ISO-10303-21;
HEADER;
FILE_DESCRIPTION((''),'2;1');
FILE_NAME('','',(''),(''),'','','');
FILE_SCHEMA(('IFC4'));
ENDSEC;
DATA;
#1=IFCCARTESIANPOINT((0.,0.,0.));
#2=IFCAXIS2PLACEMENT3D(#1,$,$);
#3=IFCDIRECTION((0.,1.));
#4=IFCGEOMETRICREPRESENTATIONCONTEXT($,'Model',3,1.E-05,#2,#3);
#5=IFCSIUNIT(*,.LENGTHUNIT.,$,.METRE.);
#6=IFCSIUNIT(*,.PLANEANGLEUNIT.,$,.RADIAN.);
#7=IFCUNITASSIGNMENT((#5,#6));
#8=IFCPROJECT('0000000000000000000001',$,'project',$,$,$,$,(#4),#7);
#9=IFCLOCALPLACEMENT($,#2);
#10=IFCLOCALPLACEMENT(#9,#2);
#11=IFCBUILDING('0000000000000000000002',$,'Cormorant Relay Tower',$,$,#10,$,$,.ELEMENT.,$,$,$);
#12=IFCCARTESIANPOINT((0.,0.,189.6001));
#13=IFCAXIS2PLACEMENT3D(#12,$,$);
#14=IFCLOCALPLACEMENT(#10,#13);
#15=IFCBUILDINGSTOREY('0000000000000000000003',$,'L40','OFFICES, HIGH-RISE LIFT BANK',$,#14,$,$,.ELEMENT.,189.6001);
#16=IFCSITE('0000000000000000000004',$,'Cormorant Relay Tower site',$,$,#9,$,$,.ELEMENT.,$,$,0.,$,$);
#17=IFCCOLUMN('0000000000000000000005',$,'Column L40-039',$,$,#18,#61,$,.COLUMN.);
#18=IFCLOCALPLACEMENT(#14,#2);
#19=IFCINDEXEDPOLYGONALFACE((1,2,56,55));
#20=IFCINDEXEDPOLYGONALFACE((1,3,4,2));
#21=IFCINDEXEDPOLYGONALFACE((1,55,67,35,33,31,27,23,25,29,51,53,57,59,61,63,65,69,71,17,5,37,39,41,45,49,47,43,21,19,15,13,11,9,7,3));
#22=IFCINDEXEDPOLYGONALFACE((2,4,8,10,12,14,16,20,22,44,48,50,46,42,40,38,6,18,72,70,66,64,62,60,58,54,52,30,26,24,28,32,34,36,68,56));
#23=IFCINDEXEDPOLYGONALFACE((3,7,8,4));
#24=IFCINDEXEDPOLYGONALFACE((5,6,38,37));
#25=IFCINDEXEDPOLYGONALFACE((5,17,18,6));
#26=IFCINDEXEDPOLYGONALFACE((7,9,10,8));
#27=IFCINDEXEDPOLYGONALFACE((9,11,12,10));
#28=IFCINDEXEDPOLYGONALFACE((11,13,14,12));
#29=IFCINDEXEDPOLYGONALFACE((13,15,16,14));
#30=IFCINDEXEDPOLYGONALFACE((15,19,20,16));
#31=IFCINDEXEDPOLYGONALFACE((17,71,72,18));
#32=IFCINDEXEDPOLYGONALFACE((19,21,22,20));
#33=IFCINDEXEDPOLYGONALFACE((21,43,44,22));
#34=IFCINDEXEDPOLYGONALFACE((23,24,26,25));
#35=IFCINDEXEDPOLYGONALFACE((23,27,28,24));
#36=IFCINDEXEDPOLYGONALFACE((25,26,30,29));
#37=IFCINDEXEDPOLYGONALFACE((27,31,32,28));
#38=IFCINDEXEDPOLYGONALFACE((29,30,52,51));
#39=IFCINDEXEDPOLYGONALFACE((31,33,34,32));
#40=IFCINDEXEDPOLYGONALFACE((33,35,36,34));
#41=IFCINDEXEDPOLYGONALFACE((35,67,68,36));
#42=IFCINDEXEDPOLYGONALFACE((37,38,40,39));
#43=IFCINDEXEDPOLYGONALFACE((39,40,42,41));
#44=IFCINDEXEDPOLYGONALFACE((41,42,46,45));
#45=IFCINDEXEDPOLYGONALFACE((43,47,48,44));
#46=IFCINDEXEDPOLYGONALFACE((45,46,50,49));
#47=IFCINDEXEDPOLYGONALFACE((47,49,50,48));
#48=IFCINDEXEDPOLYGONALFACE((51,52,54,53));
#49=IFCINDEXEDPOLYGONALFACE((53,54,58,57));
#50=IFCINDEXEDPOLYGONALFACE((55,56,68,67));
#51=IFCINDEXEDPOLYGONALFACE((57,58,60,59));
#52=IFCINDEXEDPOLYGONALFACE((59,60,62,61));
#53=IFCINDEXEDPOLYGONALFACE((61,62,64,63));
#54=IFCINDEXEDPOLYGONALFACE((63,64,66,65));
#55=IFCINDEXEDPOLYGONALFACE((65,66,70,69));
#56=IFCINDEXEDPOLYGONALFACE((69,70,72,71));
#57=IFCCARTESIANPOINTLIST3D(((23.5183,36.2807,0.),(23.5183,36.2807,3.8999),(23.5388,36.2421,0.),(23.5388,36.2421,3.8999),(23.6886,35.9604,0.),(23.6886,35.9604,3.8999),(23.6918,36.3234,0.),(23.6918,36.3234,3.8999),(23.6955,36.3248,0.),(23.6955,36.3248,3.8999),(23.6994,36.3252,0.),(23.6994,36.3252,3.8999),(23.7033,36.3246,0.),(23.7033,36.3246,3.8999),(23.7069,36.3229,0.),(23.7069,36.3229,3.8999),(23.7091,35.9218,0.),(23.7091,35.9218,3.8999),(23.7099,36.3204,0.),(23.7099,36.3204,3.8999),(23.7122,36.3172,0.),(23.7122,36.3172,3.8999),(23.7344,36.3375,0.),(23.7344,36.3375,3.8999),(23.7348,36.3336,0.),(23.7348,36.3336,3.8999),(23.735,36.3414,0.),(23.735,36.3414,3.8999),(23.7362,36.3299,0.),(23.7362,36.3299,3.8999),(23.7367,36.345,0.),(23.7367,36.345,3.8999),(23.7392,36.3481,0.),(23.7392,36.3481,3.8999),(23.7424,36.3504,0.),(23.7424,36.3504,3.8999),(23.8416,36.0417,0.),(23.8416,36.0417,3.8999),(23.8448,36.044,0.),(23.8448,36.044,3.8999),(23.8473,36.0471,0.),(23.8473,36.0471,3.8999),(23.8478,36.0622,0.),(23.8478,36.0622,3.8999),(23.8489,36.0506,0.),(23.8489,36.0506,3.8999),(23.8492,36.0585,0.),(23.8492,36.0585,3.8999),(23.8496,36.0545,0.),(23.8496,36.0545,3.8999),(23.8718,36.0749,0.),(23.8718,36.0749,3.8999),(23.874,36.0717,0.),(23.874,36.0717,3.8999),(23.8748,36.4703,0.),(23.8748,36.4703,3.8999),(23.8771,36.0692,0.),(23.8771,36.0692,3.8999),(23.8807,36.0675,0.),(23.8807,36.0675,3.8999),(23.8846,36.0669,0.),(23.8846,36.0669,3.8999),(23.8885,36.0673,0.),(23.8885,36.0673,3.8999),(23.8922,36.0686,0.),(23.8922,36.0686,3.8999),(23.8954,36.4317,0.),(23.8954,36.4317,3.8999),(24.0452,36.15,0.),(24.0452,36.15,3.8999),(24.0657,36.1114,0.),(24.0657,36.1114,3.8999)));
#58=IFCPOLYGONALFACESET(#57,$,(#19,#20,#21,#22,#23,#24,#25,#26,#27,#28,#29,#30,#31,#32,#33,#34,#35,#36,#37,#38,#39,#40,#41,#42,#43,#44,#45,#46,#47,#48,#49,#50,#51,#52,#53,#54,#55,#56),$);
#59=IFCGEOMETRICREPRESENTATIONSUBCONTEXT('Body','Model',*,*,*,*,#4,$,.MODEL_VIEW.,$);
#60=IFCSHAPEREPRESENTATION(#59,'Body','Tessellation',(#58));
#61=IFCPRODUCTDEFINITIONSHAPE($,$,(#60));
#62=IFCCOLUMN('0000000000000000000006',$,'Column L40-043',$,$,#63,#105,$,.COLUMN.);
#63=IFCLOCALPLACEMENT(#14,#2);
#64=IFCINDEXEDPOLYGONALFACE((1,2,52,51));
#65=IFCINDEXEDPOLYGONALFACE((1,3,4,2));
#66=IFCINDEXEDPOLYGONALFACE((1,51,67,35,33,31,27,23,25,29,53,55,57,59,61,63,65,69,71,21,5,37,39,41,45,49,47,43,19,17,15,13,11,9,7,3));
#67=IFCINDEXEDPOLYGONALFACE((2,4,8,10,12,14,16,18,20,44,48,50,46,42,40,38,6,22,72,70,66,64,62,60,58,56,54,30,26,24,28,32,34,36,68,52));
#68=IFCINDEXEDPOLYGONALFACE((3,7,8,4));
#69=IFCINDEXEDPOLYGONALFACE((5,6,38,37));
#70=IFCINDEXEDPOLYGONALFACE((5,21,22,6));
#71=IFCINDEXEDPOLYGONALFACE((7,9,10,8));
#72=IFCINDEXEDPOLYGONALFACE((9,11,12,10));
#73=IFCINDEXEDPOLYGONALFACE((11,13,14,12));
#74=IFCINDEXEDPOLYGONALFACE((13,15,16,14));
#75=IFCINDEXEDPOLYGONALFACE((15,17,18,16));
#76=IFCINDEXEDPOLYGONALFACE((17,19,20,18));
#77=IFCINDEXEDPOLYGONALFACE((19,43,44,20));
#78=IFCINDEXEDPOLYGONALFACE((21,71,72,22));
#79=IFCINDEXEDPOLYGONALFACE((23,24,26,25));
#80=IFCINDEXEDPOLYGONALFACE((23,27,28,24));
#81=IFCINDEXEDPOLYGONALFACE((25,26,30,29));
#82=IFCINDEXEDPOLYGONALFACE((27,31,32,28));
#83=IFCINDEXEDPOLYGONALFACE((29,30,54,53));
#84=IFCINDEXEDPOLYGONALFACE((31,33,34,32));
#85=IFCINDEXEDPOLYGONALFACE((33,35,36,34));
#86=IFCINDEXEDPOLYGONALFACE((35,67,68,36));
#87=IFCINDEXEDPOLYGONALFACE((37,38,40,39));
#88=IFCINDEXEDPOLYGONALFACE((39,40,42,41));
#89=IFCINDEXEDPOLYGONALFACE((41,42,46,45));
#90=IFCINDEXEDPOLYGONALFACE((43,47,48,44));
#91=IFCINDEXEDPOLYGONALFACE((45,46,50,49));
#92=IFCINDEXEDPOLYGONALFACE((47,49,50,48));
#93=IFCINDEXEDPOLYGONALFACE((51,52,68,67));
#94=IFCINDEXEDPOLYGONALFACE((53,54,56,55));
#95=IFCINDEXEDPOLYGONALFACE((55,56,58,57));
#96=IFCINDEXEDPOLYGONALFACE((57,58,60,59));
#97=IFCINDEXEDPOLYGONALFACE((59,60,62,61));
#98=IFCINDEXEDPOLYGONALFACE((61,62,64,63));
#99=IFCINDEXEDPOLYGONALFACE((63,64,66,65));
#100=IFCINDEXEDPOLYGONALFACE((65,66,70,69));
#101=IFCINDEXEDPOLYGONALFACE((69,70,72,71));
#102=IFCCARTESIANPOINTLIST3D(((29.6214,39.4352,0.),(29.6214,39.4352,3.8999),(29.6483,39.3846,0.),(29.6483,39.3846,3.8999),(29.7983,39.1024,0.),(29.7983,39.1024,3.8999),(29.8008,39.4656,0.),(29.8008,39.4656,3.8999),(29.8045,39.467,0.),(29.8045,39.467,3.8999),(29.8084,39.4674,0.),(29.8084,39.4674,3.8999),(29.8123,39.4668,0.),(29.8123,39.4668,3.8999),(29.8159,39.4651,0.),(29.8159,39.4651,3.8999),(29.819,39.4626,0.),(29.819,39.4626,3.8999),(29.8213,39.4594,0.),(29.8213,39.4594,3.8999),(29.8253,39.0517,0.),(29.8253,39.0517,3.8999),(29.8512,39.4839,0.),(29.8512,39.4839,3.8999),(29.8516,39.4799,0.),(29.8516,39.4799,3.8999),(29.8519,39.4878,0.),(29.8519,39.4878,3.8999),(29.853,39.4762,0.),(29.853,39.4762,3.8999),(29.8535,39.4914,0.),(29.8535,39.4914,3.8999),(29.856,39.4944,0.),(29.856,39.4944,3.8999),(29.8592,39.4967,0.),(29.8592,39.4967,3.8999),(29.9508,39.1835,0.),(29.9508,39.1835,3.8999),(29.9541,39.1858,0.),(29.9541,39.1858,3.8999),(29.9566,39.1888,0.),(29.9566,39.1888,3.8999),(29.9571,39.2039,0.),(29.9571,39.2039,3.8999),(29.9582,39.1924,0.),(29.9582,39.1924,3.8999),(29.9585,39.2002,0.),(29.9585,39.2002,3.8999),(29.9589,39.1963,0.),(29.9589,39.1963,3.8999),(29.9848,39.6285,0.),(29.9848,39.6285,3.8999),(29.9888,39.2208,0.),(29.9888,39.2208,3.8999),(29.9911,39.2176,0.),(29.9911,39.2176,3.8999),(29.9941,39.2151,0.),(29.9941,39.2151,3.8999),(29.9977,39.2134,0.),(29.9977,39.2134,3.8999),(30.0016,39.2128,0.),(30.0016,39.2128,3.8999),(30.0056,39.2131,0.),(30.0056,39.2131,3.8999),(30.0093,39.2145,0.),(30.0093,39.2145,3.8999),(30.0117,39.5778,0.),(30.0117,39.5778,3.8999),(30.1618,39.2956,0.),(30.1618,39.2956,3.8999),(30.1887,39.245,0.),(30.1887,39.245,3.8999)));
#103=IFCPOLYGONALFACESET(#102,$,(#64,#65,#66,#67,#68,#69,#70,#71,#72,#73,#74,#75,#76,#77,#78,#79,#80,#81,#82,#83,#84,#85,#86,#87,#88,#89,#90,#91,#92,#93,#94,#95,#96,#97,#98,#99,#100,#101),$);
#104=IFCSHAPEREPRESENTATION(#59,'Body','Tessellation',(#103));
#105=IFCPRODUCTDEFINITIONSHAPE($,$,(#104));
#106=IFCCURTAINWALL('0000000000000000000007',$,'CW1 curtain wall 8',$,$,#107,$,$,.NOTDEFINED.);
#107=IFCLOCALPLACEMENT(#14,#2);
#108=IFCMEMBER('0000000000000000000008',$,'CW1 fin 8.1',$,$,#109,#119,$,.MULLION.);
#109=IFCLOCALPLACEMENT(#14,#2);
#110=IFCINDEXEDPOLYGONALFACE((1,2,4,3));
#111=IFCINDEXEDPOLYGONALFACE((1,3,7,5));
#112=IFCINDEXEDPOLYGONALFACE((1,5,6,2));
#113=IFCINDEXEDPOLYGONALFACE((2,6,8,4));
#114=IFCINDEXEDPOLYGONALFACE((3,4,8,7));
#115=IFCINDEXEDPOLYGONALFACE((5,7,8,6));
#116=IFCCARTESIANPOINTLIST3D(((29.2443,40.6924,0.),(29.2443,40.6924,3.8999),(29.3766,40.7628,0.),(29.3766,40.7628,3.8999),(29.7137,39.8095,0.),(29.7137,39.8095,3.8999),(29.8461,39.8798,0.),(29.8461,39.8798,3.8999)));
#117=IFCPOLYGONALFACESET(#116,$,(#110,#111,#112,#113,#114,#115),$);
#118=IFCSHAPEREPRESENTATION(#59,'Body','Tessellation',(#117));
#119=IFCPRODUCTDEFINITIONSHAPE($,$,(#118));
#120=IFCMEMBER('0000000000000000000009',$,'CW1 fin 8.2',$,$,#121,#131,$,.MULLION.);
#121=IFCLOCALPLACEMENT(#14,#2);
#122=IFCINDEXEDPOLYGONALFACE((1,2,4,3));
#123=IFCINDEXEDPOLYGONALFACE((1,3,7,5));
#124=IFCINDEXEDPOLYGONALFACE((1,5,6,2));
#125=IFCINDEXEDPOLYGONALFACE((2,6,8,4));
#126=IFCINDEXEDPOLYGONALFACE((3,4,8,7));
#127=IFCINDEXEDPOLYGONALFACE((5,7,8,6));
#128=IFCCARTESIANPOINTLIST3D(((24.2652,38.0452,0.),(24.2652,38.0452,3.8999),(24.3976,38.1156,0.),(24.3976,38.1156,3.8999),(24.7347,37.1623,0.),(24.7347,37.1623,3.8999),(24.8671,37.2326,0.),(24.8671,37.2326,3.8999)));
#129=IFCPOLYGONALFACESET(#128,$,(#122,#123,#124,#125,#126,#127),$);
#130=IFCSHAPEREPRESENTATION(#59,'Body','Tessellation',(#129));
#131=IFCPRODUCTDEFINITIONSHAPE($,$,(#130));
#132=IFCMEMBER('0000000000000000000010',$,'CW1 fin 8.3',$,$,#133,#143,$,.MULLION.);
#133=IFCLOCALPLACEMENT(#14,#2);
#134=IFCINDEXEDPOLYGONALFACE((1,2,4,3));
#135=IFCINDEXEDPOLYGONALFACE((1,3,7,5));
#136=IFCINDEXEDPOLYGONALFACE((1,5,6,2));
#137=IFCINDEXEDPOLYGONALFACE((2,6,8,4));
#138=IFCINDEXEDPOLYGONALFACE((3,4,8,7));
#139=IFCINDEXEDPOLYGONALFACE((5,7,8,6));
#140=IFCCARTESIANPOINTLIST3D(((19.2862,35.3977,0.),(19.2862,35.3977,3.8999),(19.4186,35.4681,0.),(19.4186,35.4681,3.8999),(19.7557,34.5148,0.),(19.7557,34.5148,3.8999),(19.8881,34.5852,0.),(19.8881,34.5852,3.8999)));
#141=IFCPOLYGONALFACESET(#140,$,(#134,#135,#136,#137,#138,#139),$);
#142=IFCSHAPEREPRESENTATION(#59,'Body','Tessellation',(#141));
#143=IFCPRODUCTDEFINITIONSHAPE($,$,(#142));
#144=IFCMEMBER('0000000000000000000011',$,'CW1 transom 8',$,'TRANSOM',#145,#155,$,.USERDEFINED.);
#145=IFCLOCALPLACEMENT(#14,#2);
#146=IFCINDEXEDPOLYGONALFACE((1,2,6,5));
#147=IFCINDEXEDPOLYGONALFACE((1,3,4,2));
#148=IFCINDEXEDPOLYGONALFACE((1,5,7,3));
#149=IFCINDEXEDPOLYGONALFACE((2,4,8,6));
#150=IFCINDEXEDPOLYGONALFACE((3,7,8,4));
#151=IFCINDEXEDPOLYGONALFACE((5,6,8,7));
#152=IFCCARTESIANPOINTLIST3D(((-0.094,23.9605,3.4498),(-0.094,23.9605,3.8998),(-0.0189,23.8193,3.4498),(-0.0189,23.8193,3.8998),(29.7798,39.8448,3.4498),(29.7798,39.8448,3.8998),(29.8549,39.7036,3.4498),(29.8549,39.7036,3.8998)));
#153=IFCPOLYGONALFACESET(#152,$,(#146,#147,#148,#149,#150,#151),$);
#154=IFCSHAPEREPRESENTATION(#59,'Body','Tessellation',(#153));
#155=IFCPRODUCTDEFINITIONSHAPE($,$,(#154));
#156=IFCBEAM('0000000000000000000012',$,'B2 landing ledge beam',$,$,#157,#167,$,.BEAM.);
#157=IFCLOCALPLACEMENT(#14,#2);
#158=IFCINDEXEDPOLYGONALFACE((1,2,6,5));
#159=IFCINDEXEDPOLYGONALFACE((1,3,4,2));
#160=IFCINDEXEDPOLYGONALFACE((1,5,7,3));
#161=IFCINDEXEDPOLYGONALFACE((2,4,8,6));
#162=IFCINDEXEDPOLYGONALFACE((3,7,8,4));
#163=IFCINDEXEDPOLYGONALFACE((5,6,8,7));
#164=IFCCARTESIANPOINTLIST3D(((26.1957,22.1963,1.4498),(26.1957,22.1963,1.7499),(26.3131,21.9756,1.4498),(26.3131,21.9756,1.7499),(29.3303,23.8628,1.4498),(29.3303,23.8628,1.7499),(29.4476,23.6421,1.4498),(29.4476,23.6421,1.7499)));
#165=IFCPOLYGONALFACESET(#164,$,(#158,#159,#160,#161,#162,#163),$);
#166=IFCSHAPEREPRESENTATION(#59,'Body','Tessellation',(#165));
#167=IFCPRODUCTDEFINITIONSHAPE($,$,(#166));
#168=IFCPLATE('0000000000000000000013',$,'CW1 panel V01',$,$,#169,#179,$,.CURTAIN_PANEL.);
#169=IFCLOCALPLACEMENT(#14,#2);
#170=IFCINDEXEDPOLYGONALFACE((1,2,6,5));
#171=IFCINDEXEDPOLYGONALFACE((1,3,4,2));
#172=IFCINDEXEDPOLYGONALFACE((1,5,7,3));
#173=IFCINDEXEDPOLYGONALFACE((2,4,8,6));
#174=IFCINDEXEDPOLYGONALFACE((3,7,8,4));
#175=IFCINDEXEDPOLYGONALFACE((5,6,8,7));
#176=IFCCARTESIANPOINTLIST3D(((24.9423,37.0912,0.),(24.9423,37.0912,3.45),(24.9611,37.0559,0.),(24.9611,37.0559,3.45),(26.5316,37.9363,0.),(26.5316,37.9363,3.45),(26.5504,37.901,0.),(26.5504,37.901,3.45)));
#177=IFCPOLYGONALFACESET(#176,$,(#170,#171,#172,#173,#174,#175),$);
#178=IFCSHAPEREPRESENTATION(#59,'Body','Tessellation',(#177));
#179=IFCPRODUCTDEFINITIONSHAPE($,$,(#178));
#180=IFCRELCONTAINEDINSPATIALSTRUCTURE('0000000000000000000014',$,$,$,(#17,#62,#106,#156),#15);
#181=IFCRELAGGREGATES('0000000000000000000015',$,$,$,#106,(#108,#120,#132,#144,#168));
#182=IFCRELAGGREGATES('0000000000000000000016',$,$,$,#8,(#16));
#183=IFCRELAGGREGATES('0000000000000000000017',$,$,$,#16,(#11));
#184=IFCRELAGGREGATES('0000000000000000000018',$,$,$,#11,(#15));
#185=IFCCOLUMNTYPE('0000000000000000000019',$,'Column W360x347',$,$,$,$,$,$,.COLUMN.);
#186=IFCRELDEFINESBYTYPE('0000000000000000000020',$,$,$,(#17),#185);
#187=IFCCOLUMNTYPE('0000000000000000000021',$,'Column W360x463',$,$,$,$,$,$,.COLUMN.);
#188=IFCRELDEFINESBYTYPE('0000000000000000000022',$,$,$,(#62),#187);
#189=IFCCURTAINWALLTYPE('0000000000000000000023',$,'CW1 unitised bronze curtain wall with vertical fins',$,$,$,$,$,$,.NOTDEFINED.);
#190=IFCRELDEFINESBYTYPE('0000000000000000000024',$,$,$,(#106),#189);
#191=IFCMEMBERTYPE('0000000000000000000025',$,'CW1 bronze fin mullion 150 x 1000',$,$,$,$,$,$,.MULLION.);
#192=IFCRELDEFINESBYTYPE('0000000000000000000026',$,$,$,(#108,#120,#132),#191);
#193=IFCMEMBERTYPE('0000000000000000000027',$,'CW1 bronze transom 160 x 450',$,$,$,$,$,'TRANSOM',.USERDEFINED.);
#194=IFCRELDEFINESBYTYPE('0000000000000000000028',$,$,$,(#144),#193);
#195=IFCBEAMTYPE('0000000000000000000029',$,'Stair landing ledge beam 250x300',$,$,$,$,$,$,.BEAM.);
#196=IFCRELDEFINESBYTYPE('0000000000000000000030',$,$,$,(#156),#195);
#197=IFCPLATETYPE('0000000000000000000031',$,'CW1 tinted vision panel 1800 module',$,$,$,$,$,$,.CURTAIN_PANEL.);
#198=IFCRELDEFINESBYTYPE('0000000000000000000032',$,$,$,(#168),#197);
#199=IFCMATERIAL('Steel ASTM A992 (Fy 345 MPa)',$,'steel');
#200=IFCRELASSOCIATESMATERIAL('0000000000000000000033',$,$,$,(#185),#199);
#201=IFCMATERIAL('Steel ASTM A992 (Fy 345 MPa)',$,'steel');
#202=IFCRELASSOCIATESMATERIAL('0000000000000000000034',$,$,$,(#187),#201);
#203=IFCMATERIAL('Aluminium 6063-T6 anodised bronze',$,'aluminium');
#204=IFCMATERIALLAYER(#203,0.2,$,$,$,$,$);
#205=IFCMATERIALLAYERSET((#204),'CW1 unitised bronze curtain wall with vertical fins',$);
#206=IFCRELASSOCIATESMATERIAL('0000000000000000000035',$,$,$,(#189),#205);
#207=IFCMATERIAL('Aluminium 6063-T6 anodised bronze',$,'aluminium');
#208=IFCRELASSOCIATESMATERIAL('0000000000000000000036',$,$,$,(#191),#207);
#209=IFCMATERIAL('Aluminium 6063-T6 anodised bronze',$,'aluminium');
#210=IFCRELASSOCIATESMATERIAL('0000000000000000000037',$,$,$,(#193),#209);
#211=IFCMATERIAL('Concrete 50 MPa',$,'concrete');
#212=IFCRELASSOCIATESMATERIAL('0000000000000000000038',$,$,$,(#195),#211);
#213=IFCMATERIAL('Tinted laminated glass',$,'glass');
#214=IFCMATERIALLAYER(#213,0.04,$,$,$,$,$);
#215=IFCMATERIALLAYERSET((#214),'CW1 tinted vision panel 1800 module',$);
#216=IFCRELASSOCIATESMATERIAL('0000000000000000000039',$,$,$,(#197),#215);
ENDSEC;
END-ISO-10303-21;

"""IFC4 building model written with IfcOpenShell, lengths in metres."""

from ifc_helpers import new_model, si_unit, direction, frame, origin, origin_2d, place, context, subcontext, project, spatial, rectangle, i_section, extrude, material, layer, layer_set, material_profile, profile_set, type_object, element, aggregate, save


model = new_model("IFC4")

# Units and contexts
model_context = context("Model", 3, precision=1e-05, world=origin(), true_north=direction((0.0, 1.0)))
body_context = subcontext(model_context, "Body", "Model", "MODEL_VIEW")
ifc_project = project(units=[si_unit("LENGTHUNIT", "METRE"), si_unit("PLANEANGLEUNIT", "RADIAN")], contexts=[model_context])

# Site, building, storey
site_placement = place(None, origin())
site = spatial("IfcSite", under=ifc_project, at=site_placement, Name="Cormorant Relay Tower site", CompositionType="ELEMENT", RefElevation=0.0)
building_placement = place(site_placement, origin())
building = spatial("IfcBuilding", under=site, at=building_placement, Name="Cormorant Relay Tower", CompositionType="ELEMENT")
storey_placement = place(building_placement, frame((0.0, 0.0, 189.6001)))
storey = spatial("IfcBuildingStorey", under=building, at=storey_placement, Name="L40", Description="OFFICES, HIGH-RISE LIFT BANK", CompositionType="ELEMENT", Elevation=189.6001)

# Columns
ifc_material_1 = material(Name="Steel ASTM A992 (Fy 345 MPa)", Category="steel")
ifc_material_profile_1 = material_profile(ifc_material_1, i_section(OverallWidth=0.4038, OverallDepth=0.4065, WebThickness=0.0271, FlangeThickness=0.0437, FilletRadius=0.0151, at=origin_2d()), Name="W360x347")
ifc_profile_set_1 = profile_set([ifc_material_profile_1], Name="Steel ASTM A992 (Fy 345 MPa)")
column_type_1 = type_object("IfcColumnType", Name="Column W360x347", PredefinedType="COLUMN", material=ifc_profile_set_1)
column_1_placement = place(storey_placement, frame((23.792, 36.196, 0.0), z_axis=(0.0, 0.0, 1.0), x_axis=(-0.882948, -0.469472, 0.0)))
element("IfcColumn", 1, at=column_1_placement, inside=storey, type_object=column_type_1, Name="Column L40-039", PredefinedType="COLUMN", context=body_context, shape_type="SweptSolid", body=[
    extrude(i_section(OverallWidth=0.4038, OverallDepth=0.4065, WebThickness=0.0271, FlangeThickness=0.0437, FilletRadius=0.0151, at=origin_2d()), origin(), (0.0, 0.0, 1.0), 3.8999),
])
ifc_material_2 = material(Name="Steel ASTM A992 (Fy 345 MPa)", Category="steel")
ifc_material_profile_2 = material_profile(ifc_material_2, i_section(OverallWidth=0.4116, OverallDepth=0.4343, WebThickness=0.0359, FlangeThickness=0.0574, FilletRadius=0.0151, at=origin_2d()), Name="W360x463")
ifc_profile_set_2 = profile_set([ifc_material_profile_2], Name="Steel ASTM A992 (Fy 345 MPa)")
column_type_2 = type_object("IfcColumnType", Name="Column W360x463", PredefinedType="COLUMN", material=ifc_profile_set_2)
column_2_placement = place(storey_placement, frame((29.905, 39.3401, 0.0), z_axis=(0.0, 0.0, 1.0), x_axis=(-0.882948, -0.469472, 0.0)))
element("IfcColumn", 2, at=column_2_placement, inside=storey, type_object=column_type_2, Name="Column L40-043", PredefinedType="COLUMN", context=body_context, shape_type="SweptSolid", body=[
    extrude(i_section(OverallWidth=0.4116, OverallDepth=0.4343, WebThickness=0.0359, FlangeThickness=0.0574, FilletRadius=0.0151, at=origin_2d()), origin(), (0.0, 0.0, 1.0), 3.8999),
])

# Curtain wall, members
ifc_material_3 = material(Name="Aluminium 6063-T6 anodised bronze", Category="aluminium")
ifc_layer_1 = layer(ifc_material_3, 0.2)
ifc_layer_set_1 = layer_set([ifc_layer_1], Name="CW1 unitised bronze curtain wall with vertical fins")
curtain_wall_type = type_object("IfcCurtainWallType", Name="CW1 unitised bronze curtain wall with vertical fins", PredefinedType="NOTDEFINED", material=ifc_layer_set_1)
curtain_wall_placement = place(storey_placement, origin())
curtain_wall = element("IfcCurtainWall", 3, at=curtain_wall_placement, inside=storey, type_object=curtain_wall_type, Name="CW1 curtain wall 8", PredefinedType="NOTDEFINED")
ifc_material_4 = material(Name="Aluminium 6063-T6 anodised bronze", Category="aluminium")
ifc_material_profile_3 = material_profile(ifc_material_4, rectangle(XDim=0.1499, YDim=1.0, at=origin_2d()), Name="AL 150x1000")
ifc_profile_set_3 = profile_set([ifc_material_profile_3], Name="Aluminium 6063-T6 anodised bronze")
member_type_1 = type_object("IfcMemberType", Name="CW1 bronze fin mullion 150 x 1000", PredefinedType="MULLION", material=ifc_profile_set_3)
member_1_placement = place(storey_placement, frame((29.5452, 40.2861, 0.0), z_axis=(0.0, 0.0, 1.0), x_axis=(-0.882948, -0.469472, 0.0)))
member_1 = element("IfcMember", 4, at=member_1_placement, type_object=member_type_1, Name="CW1 fin 8.1", PredefinedType="MULLION", context=body_context, shape_type="SweptSolid", body=[
    extrude(rectangle(XDim=0.1499, YDim=1.0, at=origin_2d()), origin(), (0.0, 0.0, 1.0), 3.8999),
])
member_2_placement = place(storey_placement, frame((24.5662, 37.6389, 0.0), z_axis=(0.0, 0.0, 1.0), x_axis=(-0.882948, -0.469472, 0.0)))
member_2 = element("IfcMember", 5, at=member_2_placement, type_object=member_type_1, Name="CW1 fin 8.2", PredefinedType="MULLION", context=body_context, shape_type="SweptSolid", body=[
    extrude(rectangle(XDim=0.1499, YDim=1.0, at=origin_2d()), origin(), (0.0, 0.0, 1.0), 3.8999),
])
member_3_placement = place(storey_placement, frame((19.5872, 34.9915, 0.0), z_axis=(0.0, 0.0, 1.0), x_axis=(-0.882948, -0.469472, 0.0)))
member_3 = element("IfcMember", 6, at=member_3_placement, type_object=member_type_1, Name="CW1 fin 8.3", PredefinedType="MULLION", context=body_context, shape_type="SweptSolid", body=[
    extrude(rectangle(XDim=0.1499, YDim=1.0, at=origin_2d()), origin(), (0.0, 0.0, 1.0), 3.8999),
])
ifc_material_5 = material(Name="Aluminium 6063-T6 anodised bronze", Category="aluminium")
ifc_material_profile_4 = material_profile(ifc_material_5, rectangle(XDim=0.1599, YDim=0.45, at=origin_2d()), Name="AL 160x450")
ifc_profile_set_4 = profile_set([ifc_material_profile_4], Name="Aluminium 6063-T6 anodised bronze")
member_type_2 = type_object("IfcMemberType", Name="CW1 bronze transom 160 x 450", ElementType="TRANSOM", PredefinedType="USERDEFINED", material=ifc_profile_set_4)
member_4_placement = place(storey_placement, frame((29.8174, 39.7742, 3.6748), z_axis=(-0.882946, -0.469474, 0.0), x_axis=(0.469474, -0.882946, 0.0)))
member_4 = element("IfcMember", 7, at=member_4_placement, type_object=member_type_2, Name="CW1 transom 8", ObjectType="TRANSOM", PredefinedType="USERDEFINED", context=body_context, shape_type="SweptSolid", body=[
    extrude(rectangle(XDim=0.1599, YDim=0.45, at=origin_2d()), origin(), (0.0, 0.0, 1.0), 33.8342),
])

# Beam
ifc_material_6 = material(Name="Concrete 50 MPa", Category="concrete")
ifc_material_profile_5 = material_profile(ifc_material_6, rectangle(XDim=0.25, YDim=0.3, at=origin_2d()), Name="RC 250x300")
ifc_profile_set_5 = profile_set([ifc_material_profile_5], Name="Concrete 50 MPa")
beam_type = type_object("IfcBeamType", Name="Stair landing ledge beam 250x300", PredefinedType="BEAM", material=ifc_profile_set_5)
beam_placement = place(storey_placement, frame((26.2544, 22.0859, 1.5999), z_axis=(0.882965, 0.469438, 0.0), x_axis=(-0.469438, 0.882965, 0.0)))
element("IfcBeam", 8, at=beam_placement, inside=storey, type_object=beam_type, Name="B2 landing ledge beam", PredefinedType="BEAM", context=body_context, shape_type="SweptSolid", body=[
    extrude(rectangle(XDim=0.25, YDim=0.3, at=origin_2d()), origin(), (0.0, 0.0, 1.0), 3.55),
])

# Plate
ifc_material_7 = material(Name="Tinted laminated glass", Category="glass")
ifc_layer_2 = layer(ifc_material_7, 0.04)
ifc_layer_set_2 = layer_set([ifc_layer_2], Name="CW1 tinted vision panel 1800 module")
plate_type_1 = type_object("IfcPlateType", Name="CW1 tinted vision panel 1800 module", PredefinedType="CURTAIN_PANEL", material=ifc_layer_set_2)
plate_1_placement = place(storey_placement, frame((25.7463, 37.4961, 0.0), z_axis=(0.0, 0.0, 1.0), x_axis=(-0.882948, -0.469472, 0.0)))
plate_1 = element("IfcPlate", 9, at=plate_1_placement, type_object=plate_type_1, Name="CW1 panel V01", PredefinedType="CURTAIN_PANEL", context=body_context, shape_type="SweptSolid", body=[
    extrude(rectangle(XDim=1.8, YDim=0.04, at=origin_2d()), origin(), (0.0, 0.0, 1.0), 3.45),
])

aggregate(curtain_wall, [member_1, member_2, member_3, member_4, plate_1])

save(model, "model.ifc")
